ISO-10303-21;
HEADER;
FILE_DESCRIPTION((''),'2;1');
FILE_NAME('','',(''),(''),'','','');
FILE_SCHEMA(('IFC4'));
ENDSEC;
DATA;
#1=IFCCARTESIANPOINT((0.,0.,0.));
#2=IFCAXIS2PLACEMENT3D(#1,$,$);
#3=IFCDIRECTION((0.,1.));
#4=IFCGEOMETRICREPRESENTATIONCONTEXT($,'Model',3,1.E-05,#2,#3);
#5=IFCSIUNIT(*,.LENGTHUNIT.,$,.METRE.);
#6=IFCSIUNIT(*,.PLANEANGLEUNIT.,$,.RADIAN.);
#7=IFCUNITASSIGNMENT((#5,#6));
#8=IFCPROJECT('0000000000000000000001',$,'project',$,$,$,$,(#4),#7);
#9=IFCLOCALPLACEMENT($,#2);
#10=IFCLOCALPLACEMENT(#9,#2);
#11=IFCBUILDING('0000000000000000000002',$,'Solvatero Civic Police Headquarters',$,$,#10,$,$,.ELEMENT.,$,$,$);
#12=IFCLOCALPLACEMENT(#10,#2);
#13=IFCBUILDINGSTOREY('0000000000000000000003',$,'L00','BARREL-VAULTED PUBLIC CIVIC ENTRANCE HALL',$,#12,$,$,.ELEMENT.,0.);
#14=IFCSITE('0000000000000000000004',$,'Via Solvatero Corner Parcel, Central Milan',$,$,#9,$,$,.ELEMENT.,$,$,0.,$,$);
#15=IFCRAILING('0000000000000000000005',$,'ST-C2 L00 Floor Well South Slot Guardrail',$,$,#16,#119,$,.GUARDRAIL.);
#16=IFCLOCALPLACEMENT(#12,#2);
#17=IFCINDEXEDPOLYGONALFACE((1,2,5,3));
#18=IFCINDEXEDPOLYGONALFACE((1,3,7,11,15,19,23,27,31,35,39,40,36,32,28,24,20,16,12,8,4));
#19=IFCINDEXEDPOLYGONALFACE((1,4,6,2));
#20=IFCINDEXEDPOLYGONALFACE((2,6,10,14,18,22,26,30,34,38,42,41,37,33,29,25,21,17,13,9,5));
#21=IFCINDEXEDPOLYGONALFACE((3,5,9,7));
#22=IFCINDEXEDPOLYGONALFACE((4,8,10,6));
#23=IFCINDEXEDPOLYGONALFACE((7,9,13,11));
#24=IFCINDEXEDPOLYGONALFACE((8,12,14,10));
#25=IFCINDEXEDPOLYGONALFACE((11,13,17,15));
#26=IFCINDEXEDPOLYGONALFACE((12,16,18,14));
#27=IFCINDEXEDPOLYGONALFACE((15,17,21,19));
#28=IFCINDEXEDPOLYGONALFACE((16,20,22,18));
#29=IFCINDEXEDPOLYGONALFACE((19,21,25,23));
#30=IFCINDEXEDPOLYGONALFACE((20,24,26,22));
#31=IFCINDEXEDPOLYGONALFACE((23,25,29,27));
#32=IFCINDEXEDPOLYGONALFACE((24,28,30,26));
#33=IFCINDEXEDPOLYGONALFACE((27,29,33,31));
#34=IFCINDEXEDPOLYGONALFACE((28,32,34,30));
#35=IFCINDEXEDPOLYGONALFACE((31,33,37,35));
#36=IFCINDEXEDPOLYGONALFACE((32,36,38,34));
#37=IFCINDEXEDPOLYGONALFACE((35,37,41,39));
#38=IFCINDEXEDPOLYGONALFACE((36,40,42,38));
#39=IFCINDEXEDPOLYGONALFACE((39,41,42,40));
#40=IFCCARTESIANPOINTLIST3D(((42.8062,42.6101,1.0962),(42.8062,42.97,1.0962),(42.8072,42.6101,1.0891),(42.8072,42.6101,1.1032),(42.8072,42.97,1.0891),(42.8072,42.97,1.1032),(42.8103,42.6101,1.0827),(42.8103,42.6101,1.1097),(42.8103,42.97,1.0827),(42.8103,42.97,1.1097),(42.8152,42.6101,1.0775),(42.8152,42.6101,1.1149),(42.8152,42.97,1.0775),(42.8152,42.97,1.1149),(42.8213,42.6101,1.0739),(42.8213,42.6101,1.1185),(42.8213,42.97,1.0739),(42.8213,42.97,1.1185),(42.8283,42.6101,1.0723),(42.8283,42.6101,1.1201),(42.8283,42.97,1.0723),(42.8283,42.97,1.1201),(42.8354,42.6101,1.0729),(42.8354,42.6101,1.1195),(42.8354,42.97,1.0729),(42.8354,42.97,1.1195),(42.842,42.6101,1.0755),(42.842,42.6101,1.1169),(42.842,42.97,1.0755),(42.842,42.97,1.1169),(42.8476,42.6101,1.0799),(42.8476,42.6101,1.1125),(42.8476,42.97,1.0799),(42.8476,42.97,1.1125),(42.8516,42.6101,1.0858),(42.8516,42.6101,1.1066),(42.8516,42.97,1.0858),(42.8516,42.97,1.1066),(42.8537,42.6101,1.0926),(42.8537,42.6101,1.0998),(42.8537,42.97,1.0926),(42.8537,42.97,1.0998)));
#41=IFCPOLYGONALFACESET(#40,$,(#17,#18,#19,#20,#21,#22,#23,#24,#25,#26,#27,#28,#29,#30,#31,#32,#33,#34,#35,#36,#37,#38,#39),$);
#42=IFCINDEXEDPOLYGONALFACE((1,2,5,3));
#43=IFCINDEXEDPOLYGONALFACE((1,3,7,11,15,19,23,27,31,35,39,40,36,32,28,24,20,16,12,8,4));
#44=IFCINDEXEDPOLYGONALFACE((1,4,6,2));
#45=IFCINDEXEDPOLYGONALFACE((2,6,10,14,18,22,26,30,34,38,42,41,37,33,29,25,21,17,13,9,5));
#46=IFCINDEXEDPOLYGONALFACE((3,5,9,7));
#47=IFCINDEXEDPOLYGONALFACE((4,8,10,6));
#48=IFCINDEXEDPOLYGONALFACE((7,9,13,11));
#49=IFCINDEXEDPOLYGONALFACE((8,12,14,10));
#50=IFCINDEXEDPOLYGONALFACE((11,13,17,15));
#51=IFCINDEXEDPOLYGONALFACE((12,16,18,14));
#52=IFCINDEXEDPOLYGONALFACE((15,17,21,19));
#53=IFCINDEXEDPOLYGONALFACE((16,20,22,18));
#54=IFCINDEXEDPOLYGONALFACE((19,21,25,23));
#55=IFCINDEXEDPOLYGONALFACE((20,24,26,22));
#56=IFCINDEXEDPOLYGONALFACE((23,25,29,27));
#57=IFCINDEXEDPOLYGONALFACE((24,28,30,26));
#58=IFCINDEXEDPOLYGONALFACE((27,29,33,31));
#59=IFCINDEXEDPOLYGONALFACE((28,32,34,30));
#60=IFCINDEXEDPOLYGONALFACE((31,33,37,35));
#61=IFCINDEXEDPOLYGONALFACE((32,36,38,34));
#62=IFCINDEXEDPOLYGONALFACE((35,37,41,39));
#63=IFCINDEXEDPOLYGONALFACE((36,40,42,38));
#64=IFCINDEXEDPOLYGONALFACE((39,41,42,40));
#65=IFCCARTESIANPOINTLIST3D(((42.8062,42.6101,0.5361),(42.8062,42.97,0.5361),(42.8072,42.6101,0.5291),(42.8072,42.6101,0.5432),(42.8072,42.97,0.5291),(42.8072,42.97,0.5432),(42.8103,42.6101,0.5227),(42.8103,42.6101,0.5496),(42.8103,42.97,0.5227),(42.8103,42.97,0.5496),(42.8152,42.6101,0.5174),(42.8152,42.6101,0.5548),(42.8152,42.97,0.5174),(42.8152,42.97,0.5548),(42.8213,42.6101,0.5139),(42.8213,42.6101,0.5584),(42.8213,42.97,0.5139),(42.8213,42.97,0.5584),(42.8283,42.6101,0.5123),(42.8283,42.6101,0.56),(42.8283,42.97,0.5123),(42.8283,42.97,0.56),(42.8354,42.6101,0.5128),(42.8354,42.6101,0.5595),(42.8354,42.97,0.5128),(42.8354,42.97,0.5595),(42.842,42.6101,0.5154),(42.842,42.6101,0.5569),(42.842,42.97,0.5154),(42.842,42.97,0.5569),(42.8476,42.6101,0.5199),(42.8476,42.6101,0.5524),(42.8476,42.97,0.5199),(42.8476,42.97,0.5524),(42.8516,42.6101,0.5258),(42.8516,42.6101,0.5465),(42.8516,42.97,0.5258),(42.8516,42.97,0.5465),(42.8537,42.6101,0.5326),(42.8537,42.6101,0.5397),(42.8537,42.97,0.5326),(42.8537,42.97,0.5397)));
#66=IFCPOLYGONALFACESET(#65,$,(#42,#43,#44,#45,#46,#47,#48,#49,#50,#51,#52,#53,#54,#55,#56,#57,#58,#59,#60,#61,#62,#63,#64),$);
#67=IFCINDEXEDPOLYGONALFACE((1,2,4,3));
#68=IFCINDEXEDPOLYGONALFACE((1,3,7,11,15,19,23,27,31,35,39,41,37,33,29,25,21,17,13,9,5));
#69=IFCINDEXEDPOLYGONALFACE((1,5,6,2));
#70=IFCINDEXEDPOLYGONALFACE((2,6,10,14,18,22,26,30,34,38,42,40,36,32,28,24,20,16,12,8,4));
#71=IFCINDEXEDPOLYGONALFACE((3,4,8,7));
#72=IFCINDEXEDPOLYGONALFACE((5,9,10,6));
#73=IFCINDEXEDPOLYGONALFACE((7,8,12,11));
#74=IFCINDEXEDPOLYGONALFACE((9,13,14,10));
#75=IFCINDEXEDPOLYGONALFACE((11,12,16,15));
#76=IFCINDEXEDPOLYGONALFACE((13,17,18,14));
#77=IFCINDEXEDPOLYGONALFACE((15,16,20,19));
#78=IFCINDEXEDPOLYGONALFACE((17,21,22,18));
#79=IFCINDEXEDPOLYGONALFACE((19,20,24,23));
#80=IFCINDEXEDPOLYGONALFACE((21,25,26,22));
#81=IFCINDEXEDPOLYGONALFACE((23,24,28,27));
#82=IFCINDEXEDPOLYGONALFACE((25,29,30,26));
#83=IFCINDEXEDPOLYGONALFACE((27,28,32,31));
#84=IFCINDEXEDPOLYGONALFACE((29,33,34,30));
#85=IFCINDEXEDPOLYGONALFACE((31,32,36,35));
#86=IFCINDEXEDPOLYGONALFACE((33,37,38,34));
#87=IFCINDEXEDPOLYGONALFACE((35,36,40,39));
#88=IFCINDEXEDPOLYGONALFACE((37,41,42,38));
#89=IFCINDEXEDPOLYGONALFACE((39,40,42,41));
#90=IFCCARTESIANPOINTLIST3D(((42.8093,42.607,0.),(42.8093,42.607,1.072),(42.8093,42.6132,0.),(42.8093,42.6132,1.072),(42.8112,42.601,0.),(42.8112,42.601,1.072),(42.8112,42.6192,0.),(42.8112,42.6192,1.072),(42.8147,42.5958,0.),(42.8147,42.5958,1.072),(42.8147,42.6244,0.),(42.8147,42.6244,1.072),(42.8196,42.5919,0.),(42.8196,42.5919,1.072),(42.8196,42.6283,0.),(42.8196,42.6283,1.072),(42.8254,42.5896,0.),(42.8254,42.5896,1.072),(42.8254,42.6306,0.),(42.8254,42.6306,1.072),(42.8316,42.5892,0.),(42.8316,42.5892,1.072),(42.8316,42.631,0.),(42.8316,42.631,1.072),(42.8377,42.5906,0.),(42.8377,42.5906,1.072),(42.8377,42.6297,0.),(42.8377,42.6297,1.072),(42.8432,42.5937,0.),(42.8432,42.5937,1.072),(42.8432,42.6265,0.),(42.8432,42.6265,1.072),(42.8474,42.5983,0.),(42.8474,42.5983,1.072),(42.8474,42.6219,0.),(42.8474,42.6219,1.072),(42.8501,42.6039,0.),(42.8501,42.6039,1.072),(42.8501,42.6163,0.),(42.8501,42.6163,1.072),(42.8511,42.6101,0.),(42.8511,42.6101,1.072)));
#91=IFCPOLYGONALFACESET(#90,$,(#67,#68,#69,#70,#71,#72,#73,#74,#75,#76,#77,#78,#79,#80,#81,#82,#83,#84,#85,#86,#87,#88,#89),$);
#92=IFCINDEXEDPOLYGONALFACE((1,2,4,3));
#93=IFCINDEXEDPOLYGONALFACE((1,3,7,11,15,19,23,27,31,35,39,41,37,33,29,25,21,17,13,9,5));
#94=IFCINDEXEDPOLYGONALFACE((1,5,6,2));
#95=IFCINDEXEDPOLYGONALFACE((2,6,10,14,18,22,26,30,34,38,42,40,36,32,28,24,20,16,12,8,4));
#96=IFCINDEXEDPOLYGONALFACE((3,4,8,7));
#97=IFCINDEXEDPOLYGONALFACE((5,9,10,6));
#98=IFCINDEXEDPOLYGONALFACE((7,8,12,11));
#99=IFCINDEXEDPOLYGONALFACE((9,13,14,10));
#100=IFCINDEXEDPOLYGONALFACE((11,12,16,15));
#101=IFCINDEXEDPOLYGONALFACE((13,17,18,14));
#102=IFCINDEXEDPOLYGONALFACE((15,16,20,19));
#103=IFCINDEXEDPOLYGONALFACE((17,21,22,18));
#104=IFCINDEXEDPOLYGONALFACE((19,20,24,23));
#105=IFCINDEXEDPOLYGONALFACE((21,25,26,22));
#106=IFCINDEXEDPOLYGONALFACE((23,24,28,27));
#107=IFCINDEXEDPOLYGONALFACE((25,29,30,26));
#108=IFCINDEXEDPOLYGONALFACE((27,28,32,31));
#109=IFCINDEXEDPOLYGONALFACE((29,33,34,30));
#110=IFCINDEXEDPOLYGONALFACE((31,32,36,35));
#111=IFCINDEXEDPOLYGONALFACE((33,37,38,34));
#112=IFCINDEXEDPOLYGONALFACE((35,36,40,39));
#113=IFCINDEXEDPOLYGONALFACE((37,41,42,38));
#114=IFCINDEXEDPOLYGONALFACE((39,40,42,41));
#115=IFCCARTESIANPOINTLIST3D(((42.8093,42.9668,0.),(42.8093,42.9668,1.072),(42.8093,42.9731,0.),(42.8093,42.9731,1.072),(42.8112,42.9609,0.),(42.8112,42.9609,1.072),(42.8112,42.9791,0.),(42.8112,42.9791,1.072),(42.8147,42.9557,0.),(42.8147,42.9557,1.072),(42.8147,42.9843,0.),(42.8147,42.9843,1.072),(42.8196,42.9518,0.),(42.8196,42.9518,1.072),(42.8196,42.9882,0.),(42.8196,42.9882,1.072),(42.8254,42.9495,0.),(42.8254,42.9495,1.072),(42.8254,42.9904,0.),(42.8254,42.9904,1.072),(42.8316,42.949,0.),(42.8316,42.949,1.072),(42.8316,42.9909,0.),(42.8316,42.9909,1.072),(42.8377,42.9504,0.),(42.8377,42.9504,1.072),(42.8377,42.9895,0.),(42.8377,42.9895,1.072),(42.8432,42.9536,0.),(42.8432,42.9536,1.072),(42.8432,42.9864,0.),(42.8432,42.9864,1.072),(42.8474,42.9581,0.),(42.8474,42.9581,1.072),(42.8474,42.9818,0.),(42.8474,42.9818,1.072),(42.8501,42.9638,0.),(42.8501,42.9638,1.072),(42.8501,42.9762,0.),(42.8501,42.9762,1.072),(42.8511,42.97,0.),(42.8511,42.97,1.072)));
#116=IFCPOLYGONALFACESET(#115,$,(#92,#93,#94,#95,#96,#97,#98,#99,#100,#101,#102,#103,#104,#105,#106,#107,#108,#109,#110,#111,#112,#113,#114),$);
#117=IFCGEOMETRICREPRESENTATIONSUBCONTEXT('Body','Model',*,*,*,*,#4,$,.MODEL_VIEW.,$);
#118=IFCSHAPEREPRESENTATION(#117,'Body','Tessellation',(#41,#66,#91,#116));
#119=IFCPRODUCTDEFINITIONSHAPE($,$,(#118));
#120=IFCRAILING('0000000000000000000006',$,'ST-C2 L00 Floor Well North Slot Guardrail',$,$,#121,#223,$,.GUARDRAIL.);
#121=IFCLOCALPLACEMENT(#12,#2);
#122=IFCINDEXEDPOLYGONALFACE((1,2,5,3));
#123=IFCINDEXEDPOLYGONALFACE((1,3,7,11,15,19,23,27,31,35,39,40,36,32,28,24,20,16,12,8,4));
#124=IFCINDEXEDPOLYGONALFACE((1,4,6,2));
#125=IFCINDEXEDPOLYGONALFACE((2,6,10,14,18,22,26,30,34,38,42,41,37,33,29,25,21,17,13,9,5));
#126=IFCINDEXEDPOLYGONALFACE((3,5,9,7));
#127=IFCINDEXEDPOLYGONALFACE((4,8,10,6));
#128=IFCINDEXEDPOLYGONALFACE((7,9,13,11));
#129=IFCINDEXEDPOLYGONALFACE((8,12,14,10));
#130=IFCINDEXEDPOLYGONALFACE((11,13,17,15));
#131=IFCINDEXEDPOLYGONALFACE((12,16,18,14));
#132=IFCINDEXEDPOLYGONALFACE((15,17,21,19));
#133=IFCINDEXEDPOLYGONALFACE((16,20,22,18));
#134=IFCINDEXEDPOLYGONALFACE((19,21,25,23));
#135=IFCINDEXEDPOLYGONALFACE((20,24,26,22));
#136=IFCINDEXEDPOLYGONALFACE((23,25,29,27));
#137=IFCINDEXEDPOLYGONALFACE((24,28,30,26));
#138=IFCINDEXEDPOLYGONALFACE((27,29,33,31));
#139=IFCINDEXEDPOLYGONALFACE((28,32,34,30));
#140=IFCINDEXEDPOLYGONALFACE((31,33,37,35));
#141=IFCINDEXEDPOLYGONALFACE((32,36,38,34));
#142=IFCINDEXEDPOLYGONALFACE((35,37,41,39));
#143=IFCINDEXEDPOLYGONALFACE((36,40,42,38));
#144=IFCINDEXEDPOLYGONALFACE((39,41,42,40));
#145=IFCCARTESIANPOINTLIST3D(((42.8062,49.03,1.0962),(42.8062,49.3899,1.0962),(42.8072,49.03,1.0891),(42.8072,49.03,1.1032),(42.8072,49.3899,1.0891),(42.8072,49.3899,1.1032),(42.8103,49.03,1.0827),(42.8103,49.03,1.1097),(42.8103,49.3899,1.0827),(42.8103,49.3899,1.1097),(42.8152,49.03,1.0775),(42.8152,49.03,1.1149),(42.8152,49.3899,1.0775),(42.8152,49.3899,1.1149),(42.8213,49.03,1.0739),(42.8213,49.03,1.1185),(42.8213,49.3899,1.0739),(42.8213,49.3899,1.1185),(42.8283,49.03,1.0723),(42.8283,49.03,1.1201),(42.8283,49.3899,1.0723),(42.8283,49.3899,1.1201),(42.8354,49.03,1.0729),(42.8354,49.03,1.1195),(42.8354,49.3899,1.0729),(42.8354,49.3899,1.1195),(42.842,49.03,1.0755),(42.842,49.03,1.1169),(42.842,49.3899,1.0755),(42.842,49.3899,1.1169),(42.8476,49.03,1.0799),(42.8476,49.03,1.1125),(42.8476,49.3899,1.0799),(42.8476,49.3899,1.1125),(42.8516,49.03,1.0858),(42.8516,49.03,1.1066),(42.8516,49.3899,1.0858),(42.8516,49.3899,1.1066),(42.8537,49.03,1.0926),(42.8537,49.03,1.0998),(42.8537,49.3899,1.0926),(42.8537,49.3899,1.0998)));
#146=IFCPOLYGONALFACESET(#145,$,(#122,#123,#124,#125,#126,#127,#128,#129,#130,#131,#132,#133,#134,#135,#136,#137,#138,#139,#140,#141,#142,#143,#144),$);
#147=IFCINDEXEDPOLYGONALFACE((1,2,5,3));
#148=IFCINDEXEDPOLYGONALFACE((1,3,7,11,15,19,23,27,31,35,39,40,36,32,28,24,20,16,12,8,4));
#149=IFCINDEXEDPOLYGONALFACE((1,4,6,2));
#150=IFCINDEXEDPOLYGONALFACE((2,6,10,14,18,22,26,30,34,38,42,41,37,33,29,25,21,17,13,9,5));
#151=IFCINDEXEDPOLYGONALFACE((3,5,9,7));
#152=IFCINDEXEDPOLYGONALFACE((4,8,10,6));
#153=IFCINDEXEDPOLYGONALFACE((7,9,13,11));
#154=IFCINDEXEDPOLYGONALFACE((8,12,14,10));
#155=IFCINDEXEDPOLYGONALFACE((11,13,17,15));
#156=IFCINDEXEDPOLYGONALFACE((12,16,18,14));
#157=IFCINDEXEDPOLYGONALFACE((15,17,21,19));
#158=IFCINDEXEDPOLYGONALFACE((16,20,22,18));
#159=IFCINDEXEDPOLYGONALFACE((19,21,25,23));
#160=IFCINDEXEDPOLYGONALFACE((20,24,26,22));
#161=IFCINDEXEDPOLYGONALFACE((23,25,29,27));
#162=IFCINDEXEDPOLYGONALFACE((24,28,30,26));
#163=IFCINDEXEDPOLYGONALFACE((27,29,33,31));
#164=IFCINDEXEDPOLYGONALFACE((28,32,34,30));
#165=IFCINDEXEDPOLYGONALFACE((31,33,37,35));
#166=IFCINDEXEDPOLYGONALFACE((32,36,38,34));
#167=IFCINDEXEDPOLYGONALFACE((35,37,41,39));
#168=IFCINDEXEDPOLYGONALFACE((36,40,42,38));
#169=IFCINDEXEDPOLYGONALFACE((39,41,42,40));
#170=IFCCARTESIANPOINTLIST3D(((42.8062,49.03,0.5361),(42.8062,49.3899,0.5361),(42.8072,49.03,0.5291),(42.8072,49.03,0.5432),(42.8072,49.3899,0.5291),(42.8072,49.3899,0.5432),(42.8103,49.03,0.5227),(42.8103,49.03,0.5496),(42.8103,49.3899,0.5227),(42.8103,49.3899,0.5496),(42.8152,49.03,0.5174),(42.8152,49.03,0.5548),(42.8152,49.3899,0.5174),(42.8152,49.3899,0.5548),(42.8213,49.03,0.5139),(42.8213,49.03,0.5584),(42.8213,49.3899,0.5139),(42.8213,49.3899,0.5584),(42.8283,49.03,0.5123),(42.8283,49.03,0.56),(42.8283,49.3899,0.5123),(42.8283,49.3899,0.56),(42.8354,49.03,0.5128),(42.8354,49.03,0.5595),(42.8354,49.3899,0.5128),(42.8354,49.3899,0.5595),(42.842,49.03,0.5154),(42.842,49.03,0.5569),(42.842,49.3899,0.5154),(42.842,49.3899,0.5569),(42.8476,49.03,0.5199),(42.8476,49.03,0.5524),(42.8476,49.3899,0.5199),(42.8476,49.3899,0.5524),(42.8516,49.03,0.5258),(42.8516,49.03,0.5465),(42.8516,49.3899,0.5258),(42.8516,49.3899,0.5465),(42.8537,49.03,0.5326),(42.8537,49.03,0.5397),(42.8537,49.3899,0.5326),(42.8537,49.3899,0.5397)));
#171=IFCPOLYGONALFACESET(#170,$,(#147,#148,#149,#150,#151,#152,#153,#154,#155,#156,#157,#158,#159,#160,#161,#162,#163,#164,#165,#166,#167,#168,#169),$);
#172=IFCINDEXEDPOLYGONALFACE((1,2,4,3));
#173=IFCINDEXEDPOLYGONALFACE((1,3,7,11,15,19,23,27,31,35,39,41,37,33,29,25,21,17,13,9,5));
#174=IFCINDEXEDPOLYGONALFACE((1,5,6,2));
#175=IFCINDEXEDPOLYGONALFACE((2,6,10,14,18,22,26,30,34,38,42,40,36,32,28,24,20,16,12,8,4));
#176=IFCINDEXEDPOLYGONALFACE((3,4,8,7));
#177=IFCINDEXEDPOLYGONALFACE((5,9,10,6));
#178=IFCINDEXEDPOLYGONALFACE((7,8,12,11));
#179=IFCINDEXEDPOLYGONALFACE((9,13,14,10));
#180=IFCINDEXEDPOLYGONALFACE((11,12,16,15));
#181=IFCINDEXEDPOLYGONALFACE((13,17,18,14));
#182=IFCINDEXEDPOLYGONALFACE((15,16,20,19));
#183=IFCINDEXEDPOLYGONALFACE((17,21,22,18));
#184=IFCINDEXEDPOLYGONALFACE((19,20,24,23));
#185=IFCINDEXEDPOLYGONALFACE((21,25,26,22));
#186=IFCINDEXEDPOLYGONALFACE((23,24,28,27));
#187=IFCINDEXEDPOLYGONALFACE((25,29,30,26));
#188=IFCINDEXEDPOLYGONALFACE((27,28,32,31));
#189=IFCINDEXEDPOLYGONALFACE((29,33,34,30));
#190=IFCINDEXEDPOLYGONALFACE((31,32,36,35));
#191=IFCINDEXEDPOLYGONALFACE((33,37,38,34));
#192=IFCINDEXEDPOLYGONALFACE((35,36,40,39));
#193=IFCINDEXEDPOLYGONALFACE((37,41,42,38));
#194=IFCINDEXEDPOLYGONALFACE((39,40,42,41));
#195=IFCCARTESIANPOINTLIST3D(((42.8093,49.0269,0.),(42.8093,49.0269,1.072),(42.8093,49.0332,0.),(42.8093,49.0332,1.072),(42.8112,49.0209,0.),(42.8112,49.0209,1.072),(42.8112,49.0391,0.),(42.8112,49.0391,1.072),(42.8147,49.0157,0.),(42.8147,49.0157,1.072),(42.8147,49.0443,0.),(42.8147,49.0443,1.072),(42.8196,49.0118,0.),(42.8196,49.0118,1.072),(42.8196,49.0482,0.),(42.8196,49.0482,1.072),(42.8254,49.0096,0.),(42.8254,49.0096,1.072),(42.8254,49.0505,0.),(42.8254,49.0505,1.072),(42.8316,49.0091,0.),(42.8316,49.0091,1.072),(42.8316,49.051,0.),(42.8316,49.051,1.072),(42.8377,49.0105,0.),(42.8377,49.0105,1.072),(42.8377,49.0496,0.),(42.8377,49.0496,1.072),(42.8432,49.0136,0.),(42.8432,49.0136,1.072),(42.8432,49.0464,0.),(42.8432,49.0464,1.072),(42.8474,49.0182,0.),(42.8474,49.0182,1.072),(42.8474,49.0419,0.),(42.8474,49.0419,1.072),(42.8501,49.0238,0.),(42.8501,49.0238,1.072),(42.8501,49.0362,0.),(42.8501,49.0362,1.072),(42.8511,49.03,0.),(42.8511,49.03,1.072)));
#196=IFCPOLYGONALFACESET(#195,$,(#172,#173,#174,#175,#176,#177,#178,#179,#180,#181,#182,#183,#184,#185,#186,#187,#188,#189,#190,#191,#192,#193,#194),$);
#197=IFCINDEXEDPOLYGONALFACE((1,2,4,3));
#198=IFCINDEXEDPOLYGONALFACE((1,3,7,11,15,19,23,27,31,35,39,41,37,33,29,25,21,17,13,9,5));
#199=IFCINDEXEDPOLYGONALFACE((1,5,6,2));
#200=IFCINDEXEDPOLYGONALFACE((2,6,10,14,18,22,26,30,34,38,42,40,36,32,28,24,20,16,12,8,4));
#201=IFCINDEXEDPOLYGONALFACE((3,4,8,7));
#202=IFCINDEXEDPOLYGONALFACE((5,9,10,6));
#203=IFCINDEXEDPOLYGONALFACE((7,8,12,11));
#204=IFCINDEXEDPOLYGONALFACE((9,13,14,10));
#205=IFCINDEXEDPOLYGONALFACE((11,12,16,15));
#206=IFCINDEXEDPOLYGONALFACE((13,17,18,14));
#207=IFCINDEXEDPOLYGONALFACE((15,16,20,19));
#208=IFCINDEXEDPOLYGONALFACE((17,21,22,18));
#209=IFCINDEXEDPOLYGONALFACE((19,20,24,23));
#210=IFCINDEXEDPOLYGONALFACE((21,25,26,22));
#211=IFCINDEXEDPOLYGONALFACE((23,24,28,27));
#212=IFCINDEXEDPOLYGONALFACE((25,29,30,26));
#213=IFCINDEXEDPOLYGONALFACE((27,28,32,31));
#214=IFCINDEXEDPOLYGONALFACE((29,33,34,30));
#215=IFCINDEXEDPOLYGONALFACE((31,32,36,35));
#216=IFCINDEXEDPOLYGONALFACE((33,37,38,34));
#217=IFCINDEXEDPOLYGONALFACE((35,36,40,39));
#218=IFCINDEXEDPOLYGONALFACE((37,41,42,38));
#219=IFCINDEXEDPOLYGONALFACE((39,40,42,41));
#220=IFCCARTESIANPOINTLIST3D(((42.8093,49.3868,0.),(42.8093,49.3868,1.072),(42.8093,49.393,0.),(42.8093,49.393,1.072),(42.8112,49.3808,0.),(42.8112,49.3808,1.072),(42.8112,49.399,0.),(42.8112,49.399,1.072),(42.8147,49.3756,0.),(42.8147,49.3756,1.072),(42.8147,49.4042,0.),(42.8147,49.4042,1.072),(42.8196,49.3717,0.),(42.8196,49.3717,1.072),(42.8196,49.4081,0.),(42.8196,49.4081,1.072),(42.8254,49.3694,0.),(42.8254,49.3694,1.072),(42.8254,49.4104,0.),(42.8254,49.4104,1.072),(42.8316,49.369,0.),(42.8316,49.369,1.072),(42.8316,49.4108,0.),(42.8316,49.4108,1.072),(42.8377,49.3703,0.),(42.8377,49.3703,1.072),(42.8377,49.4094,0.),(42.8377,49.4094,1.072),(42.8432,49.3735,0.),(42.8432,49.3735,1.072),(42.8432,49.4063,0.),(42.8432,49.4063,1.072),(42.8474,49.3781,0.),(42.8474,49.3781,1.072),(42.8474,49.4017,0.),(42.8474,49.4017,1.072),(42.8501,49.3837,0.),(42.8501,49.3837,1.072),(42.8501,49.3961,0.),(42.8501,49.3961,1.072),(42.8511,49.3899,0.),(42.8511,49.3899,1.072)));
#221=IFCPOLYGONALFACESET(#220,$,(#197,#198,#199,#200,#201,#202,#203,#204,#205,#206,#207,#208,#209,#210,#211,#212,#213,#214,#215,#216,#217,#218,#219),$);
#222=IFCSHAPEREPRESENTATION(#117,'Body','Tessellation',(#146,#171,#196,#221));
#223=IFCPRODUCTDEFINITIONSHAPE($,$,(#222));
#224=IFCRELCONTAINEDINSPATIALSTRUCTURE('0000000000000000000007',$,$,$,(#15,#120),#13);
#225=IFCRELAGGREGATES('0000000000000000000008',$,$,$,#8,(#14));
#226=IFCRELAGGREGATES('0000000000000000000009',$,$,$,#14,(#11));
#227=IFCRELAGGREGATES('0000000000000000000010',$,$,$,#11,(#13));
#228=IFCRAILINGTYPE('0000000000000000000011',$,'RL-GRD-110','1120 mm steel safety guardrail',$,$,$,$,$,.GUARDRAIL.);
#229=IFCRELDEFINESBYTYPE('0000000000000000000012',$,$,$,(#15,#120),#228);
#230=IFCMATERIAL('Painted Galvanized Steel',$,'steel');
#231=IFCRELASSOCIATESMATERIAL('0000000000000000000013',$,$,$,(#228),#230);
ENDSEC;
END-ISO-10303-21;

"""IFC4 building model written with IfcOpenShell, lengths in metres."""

from ifc_helpers import new_model, si_unit, direction, frame, origin, origin_2d, place, context, subcontext, project, spatial, circle, extrude, material, type_object, element, save


model = new_model("IFC4")

# Units and contexts
model_context = context("Model", 3, precision=1e-05, world=origin(), true_north=direction((0.0, 1.0)))
body_context = subcontext(model_context, "Body", "Model", "MODEL_VIEW")
ifc_project = project(units=[si_unit("LENGTHUNIT", "METRE"), si_unit("PLANEANGLEUNIT", "RADIAN")], contexts=[model_context])

# Site, building, storey
site_placement = place(None, origin())
site = spatial("IfcSite", under=ifc_project, at=site_placement, Name="Via Solvatero Corner Parcel, Central Milan", CompositionType="ELEMENT", RefElevation=0.0)
building_placement = place(site_placement, origin())
building = spatial("IfcBuilding", under=site, at=building_placement, Name="Solvatero Civic Police Headquarters", CompositionType="ELEMENT")
storey_placement = place(building_placement, origin())
storey = spatial("IfcBuildingStorey", under=building, at=storey_placement, Name="L00", Description="BARREL-VAULTED PUBLIC CIVIC ENTRANCE HALL", CompositionType="ELEMENT", Elevation=0.0)

# Railings
ifc_material_1 = material(Name="Painted Galvanized Steel", Category="steel")
railing_type_1 = type_object("IfcRailingType", Name="RL-GRD-110", Description="1120 mm steel safety guardrail", PredefinedType="GUARDRAIL", material=ifc_material_1)
for number, where, name in (
    (1, (42.8301, 42.6101, 0.0), "ST-C2 L00 Floor Well South Slot Guardrail"),
    (2, (42.8301, 49.03, 0.0), "ST-C2 L00 Floor Well North Slot Guardrail"),
):
    element("IfcRailing", number, at=place(storey_placement, frame(where)), inside=storey, type_object=railing_type_1, Name=name, PredefinedType="GUARDRAIL", context=body_context, shape_type="SweptSolid", body=[
        extrude(circle(Radius=0.0239, at=origin_2d()), frame((0.0, 0.0, 1.0962), z_axis=(0.0, 1.0, 0.0), x_axis=(-1.0, 0.0, 0.0)), (0.0, 0.0, 1.0), 0.3599),
        extrude(circle(Radius=0.0239, at=origin_2d()), frame((0.0, 0.0, 0.5361), z_axis=(0.0, 1.0, 0.0), x_axis=(-1.0, 0.0, 0.0)), (0.0, 0.0, 1.0), 0.3599),
        extrude(circle(Radius=0.021, at=origin_2d()), origin(), (0.0, 0.0, 1.0), 1.072),
        extrude(circle(Radius=0.021, at=origin_2d()), frame((0.0, 0.3599, 0.0)), (0.0, 0.0, 1.0), 1.072),
    ])

save(model, "model.ifc")
